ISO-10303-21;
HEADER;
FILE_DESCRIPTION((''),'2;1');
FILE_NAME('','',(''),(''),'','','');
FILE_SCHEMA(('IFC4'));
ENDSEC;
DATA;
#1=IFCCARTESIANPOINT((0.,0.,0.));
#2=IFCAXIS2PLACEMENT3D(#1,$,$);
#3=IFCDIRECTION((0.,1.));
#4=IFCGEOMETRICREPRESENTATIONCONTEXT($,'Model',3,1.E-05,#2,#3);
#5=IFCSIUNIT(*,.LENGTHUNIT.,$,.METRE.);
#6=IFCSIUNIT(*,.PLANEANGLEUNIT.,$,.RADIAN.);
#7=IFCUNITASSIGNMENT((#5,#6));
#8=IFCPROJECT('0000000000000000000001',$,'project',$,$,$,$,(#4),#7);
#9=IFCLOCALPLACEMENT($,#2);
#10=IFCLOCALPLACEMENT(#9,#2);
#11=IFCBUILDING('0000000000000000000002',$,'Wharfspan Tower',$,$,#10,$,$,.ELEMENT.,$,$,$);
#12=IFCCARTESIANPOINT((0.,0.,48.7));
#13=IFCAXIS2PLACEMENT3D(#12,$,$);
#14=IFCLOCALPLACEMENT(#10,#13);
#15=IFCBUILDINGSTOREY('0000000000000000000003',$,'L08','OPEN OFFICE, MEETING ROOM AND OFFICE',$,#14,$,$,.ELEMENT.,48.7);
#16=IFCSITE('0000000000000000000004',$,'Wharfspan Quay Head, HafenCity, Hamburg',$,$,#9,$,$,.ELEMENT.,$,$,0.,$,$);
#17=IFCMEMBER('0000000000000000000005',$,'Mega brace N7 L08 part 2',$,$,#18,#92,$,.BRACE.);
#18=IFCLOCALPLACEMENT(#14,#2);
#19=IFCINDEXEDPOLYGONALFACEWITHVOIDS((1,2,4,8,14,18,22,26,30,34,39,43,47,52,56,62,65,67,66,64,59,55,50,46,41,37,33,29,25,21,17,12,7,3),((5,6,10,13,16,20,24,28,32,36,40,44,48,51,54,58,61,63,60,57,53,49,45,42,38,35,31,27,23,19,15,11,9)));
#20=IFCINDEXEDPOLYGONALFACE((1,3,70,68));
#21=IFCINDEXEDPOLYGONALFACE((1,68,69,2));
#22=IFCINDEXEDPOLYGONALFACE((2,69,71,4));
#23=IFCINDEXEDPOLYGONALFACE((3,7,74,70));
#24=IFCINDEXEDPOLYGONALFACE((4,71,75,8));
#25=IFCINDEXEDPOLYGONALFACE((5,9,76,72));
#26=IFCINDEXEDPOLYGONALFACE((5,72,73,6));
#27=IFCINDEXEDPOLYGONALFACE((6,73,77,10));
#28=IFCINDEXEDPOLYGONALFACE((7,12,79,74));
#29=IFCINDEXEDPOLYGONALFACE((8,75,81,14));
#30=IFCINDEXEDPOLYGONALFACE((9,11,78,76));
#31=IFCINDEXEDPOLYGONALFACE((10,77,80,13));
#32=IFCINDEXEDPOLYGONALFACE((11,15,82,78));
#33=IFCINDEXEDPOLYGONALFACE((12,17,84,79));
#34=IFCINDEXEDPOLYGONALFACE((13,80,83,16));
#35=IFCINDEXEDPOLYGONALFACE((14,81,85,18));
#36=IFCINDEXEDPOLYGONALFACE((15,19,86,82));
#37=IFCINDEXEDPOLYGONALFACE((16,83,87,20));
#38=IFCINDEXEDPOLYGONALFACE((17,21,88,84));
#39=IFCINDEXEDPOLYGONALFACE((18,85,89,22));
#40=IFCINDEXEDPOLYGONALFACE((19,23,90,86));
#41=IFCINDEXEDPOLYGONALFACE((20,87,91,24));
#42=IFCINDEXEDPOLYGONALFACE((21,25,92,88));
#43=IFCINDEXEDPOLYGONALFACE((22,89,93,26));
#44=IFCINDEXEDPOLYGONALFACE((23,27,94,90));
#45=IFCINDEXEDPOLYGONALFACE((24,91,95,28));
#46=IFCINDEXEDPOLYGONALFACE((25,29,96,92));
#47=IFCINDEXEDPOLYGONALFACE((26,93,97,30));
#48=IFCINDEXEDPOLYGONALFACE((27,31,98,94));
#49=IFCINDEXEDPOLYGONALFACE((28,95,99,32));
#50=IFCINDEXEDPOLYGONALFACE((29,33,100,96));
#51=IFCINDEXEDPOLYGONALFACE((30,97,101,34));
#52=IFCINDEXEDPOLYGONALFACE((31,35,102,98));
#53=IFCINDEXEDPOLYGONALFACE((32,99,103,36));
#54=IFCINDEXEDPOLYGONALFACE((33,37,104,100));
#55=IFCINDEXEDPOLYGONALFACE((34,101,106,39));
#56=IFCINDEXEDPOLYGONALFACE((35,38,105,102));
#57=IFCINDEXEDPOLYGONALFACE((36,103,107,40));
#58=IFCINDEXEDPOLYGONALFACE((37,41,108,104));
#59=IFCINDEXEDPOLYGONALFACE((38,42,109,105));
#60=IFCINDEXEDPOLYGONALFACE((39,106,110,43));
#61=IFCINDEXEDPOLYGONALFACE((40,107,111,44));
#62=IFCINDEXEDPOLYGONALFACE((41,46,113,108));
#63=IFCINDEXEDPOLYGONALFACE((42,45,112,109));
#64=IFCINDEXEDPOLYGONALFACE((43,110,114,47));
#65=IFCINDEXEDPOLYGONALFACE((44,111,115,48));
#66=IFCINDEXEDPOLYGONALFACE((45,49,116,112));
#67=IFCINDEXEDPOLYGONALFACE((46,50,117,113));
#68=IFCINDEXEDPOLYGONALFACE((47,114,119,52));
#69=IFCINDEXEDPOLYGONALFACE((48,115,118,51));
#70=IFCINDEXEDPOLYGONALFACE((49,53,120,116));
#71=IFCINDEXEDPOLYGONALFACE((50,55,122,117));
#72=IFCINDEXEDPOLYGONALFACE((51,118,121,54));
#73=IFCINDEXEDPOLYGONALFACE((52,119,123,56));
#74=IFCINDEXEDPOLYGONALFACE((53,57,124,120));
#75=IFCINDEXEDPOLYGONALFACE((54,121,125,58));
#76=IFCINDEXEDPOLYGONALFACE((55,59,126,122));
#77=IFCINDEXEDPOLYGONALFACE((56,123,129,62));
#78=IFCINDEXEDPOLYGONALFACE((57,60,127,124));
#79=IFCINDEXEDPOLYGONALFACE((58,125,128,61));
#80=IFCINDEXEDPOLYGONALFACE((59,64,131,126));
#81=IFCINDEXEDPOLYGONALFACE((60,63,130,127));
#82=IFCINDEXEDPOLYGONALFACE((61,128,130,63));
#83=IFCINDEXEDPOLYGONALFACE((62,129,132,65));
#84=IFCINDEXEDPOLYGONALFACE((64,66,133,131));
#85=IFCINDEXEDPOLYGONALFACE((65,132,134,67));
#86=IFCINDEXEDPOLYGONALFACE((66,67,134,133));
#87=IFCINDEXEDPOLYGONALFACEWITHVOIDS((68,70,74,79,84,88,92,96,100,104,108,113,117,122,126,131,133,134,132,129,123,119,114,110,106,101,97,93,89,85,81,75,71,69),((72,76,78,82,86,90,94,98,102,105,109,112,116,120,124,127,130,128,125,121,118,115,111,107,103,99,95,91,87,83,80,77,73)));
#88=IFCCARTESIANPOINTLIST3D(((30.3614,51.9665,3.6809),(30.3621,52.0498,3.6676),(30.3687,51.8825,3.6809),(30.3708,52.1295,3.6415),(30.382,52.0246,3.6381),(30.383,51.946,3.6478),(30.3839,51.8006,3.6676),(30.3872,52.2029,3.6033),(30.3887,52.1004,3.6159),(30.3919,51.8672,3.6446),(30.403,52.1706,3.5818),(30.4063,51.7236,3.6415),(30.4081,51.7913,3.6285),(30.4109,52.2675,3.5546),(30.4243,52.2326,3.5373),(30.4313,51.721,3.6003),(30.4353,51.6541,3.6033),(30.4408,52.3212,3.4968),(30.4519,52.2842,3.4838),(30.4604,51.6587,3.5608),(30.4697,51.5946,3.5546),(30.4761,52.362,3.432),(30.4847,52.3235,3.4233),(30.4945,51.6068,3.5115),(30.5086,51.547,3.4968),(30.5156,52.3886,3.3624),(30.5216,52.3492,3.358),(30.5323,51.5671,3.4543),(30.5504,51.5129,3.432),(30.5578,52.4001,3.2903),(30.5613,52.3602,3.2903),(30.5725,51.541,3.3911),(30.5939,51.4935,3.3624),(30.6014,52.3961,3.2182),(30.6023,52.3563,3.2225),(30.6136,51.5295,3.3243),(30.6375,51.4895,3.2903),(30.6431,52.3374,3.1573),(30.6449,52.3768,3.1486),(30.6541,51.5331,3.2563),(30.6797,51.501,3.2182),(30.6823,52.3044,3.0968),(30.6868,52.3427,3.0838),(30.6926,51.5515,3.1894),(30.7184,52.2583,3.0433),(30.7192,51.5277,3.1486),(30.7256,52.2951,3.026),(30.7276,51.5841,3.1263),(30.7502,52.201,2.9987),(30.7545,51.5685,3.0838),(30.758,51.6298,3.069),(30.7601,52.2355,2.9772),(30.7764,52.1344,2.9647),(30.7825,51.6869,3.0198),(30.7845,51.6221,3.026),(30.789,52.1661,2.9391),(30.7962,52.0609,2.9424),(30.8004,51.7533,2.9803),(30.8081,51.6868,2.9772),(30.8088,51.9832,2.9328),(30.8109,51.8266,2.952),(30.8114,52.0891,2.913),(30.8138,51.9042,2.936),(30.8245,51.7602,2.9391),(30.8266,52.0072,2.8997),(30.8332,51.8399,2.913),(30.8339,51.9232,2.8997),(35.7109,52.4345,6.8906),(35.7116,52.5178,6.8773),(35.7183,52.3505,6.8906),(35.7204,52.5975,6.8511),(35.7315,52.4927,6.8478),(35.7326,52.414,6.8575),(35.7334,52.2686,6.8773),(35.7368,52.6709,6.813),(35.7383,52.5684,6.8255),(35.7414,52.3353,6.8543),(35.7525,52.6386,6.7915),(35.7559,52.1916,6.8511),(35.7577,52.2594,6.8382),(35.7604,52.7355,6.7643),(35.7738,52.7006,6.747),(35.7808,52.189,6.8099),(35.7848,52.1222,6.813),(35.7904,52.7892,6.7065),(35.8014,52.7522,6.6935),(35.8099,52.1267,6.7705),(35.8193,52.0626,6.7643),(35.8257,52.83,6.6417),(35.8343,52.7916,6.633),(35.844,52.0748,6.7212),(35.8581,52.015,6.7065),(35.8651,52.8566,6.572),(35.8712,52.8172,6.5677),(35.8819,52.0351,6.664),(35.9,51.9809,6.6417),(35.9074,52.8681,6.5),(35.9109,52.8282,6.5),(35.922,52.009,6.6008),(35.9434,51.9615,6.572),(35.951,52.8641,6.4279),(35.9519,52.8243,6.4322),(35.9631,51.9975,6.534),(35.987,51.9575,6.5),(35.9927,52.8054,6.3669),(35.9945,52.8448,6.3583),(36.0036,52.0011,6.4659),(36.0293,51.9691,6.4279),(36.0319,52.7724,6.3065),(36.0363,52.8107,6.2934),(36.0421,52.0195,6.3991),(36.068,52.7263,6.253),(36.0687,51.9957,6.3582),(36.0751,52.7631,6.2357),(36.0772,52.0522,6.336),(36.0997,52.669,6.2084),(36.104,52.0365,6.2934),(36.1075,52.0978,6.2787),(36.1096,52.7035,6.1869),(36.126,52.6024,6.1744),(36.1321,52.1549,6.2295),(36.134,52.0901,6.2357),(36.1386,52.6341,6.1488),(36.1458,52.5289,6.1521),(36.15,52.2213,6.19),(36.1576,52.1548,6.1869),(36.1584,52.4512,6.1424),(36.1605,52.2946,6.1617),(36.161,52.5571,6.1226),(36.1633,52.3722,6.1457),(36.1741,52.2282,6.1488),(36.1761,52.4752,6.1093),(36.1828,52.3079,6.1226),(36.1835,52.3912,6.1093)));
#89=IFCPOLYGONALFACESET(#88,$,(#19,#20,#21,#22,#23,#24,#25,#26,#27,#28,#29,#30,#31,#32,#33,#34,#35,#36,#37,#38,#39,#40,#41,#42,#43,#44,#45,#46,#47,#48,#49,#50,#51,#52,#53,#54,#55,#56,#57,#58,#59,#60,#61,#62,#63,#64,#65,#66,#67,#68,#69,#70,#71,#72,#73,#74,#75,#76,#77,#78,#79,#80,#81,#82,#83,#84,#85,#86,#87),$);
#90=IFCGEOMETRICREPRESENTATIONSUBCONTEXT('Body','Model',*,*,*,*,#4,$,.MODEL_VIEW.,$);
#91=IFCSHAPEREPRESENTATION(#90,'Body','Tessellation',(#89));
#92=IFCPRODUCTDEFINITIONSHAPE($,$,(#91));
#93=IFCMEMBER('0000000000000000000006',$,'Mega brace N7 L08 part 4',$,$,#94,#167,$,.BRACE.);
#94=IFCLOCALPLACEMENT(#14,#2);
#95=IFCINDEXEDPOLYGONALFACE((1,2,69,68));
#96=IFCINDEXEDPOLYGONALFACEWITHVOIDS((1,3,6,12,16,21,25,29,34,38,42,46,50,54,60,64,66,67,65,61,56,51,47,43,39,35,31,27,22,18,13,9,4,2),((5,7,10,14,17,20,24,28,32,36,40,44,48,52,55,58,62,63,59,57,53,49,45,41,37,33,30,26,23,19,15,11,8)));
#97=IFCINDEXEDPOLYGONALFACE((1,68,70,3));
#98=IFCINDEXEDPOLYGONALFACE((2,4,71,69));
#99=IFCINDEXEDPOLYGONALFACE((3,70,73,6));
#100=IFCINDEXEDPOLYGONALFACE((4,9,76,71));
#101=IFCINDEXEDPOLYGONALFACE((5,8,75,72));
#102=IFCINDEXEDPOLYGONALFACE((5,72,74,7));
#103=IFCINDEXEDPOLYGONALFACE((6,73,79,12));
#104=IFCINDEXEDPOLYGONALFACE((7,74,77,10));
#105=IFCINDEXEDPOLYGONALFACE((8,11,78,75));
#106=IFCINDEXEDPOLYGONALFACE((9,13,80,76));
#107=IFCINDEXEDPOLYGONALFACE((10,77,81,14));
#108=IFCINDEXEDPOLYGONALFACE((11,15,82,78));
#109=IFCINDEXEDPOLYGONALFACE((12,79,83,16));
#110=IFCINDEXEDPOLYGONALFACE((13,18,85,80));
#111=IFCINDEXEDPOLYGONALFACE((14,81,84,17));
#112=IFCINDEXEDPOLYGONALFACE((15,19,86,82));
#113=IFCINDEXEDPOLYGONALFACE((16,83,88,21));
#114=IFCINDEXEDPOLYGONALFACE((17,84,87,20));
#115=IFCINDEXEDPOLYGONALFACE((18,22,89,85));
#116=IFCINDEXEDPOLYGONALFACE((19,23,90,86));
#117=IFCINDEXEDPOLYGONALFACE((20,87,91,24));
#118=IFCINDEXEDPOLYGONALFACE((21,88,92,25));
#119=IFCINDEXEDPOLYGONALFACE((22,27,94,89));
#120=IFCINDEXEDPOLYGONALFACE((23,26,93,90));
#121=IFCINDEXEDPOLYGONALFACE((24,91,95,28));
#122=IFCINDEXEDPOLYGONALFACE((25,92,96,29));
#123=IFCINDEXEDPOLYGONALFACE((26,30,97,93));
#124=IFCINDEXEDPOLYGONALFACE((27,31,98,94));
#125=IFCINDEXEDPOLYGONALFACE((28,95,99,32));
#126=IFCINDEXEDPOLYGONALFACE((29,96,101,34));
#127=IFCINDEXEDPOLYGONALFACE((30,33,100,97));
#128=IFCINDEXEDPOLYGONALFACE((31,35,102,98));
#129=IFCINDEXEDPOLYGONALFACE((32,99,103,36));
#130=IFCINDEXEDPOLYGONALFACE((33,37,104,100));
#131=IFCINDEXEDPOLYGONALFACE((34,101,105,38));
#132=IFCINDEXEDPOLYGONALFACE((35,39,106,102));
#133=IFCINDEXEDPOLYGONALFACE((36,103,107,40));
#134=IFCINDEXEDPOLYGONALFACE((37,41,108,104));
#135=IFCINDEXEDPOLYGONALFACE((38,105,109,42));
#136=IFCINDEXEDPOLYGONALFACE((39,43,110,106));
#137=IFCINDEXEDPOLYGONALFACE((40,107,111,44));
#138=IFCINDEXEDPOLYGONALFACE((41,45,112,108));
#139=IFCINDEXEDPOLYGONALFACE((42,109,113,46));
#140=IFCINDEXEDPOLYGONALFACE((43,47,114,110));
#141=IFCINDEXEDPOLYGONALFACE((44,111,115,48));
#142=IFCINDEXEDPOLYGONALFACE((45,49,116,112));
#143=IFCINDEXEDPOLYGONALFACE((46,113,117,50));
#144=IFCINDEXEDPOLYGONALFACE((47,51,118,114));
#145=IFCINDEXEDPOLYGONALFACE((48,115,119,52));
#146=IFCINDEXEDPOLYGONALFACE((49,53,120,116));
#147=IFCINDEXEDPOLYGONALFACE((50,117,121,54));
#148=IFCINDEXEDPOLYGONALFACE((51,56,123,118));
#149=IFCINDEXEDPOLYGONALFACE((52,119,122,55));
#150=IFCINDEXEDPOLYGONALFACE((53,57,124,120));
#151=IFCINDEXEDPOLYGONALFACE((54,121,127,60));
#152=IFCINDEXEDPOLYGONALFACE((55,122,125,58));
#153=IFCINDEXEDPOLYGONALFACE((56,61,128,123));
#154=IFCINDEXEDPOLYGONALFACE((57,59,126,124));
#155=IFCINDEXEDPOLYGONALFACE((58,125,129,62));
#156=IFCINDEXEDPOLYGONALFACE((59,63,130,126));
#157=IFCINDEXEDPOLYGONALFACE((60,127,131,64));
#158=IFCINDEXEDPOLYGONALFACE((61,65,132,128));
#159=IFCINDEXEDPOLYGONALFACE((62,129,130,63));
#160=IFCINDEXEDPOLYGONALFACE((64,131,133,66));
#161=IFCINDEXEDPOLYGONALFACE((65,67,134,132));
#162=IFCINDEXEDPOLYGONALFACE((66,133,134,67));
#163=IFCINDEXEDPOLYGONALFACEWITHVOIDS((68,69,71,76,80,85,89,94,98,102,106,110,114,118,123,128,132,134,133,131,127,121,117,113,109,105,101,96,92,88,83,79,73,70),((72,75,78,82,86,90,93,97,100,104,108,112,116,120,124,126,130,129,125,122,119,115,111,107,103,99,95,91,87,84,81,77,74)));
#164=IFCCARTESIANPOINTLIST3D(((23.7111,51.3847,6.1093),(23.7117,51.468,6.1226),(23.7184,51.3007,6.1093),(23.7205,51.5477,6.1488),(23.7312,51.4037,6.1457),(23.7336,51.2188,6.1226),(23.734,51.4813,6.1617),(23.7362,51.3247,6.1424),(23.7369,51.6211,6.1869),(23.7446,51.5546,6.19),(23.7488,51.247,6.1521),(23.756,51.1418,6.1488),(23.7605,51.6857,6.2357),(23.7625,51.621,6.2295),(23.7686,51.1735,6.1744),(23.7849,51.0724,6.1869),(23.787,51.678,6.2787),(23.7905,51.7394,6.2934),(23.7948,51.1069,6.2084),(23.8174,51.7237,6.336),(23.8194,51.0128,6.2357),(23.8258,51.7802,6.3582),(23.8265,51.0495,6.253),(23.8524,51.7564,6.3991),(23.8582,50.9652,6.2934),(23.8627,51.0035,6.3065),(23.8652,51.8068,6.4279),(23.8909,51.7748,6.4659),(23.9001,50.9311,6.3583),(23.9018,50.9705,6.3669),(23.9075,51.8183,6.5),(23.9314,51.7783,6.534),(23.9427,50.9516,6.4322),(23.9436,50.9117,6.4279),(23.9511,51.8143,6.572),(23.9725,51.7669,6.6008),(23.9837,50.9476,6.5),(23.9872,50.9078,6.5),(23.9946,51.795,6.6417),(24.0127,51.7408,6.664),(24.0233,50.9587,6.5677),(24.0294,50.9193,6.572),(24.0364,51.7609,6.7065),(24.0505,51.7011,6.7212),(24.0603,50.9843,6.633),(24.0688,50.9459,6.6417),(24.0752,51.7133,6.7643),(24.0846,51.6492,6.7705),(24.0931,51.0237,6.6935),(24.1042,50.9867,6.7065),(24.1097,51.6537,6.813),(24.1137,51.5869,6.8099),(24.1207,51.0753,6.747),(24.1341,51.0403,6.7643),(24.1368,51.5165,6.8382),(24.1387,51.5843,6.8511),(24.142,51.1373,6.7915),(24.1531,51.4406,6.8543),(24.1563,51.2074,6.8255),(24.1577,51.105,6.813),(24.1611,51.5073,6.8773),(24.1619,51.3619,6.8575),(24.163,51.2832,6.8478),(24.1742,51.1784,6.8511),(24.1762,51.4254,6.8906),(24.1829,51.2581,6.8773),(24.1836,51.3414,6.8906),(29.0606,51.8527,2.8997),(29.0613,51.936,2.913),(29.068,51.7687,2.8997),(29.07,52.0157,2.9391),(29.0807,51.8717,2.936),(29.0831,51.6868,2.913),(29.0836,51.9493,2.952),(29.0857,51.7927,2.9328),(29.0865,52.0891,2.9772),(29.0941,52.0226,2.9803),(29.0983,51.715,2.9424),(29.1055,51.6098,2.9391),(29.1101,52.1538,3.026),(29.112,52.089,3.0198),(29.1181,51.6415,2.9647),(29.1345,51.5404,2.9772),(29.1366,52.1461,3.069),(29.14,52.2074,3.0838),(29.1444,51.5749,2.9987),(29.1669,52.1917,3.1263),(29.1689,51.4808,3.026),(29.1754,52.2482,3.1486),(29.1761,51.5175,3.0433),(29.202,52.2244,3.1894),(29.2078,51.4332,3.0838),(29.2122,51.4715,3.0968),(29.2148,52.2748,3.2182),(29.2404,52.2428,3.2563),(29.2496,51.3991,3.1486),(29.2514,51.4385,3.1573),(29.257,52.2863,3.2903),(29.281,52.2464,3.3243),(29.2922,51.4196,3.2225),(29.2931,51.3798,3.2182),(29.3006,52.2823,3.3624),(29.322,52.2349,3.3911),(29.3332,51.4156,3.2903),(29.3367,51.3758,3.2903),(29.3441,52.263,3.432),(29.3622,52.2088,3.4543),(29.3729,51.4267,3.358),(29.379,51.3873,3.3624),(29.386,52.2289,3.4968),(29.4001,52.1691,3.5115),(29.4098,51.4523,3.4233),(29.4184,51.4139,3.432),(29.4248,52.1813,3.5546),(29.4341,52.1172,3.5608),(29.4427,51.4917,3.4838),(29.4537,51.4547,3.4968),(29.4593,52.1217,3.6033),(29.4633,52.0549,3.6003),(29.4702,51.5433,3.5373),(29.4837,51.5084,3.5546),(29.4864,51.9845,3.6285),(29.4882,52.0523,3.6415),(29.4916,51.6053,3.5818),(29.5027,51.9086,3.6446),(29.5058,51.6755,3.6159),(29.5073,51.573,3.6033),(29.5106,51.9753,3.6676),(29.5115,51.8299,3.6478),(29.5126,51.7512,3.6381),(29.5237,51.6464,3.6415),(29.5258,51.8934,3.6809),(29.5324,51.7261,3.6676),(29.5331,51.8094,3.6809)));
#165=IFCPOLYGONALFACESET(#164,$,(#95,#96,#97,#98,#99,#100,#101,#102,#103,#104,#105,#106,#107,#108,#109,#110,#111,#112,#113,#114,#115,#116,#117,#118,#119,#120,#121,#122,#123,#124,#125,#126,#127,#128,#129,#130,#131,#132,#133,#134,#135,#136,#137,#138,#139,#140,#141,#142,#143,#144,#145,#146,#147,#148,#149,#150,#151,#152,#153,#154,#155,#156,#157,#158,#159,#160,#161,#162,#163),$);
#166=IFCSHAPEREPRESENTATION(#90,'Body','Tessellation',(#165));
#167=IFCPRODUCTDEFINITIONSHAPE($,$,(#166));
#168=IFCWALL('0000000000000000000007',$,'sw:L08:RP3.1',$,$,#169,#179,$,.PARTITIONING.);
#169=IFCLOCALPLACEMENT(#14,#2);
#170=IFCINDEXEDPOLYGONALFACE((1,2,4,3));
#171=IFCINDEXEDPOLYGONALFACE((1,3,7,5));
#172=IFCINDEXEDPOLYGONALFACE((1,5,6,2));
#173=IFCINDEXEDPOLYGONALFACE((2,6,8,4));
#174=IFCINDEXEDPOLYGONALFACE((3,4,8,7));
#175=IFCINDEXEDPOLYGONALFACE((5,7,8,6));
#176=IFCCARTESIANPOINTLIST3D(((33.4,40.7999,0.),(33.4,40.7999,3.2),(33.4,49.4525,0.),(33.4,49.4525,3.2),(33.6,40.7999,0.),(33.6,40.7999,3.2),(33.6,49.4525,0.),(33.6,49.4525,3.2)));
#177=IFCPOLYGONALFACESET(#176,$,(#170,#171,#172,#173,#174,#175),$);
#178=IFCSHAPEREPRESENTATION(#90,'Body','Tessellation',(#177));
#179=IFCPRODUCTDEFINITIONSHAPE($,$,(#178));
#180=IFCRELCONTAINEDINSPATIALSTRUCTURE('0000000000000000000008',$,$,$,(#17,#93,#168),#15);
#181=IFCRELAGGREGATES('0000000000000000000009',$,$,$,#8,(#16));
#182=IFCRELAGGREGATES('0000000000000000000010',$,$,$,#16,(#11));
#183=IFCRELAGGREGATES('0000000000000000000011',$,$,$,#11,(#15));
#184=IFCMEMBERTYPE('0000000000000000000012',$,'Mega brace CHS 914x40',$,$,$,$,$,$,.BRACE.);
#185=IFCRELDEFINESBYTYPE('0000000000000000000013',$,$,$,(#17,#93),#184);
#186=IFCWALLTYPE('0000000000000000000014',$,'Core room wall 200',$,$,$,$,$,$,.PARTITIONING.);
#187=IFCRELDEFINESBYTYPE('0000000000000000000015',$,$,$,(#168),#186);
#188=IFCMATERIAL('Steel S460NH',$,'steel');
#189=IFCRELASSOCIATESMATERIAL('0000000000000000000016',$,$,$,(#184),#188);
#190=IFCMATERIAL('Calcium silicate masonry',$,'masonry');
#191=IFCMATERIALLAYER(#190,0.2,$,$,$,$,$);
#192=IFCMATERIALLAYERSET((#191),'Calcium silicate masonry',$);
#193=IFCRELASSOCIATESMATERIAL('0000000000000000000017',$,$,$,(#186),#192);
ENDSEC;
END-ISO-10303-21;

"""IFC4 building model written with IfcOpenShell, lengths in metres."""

from ifc_helpers import new_model, si_unit, direction, frame, frame_2d, origin, origin_2d, place, context, subcontext, project, spatial, rectangle, hollow_circle, extrude, material, layer, layer_set, material_profile, profile_set, type_object, element, save


model = new_model("IFC4")

# Units and contexts
model_context = context("Model", 3, precision=1e-05, world=origin(), true_north=direction((0.0, 1.0)))
body_context = subcontext(model_context, "Body", "Model", "MODEL_VIEW")
ifc_project = project(units=[si_unit("LENGTHUNIT", "METRE"), si_unit("PLANEANGLEUNIT", "RADIAN")], contexts=[model_context])

# Site, building, storey
site_placement = place(None, origin())
site = spatial("IfcSite", under=ifc_project, at=site_placement, Name="Wharfspan Quay Head, HafenCity, Hamburg", CompositionType="ELEMENT", RefElevation=0.0)
building_placement = place(site_placement, origin())
building = spatial("IfcBuilding", under=site, at=building_placement, Name="Wharfspan Tower", CompositionType="ELEMENT")
storey_placement = place(building_placement, frame((0.0, 0.0, 48.7)))
storey = spatial("IfcBuildingStorey", under=building, at=storey_placement, Name="L08", Description="OPEN OFFICE, MEETING ROOM AND OFFICE", CompositionType="ELEMENT", Elevation=48.7)

# Shared definitions
ifc_material_1 = material(Name="Steel S460NH", Category="steel")

# Members
ifc_material_profile_1 = material_profile(ifc_material_1, hollow_circle(Radius=0.457, WallThickness=0.04, at=origin_2d()))
ifc_profile_set_1 = profile_set([ifc_material_profile_1], Name="Steel S460NH")
member_type_1 = type_object("IfcMemberType", Name="Mega brace CHS 914x40", PredefinedType="BRACE", material=ifc_profile_set_1)
for number, where, z_axis, x_axis, name in (
    (1, (30.5977, 51.9448, 3.2903), (0.855094, 0.074809, 0.513048), (-0.087154, 0.996195, 0.000001), "Mega brace N7 L08 part 2"),
    (2, (29.2969, 51.8311, 3.2903), (-0.855094, -0.074809, 0.513048), (0.087154, -0.996195, 0.000001), "Mega brace N7 L08 part 4"),
):
    element("IfcMember", number, at=place(storey_placement, frame(where, z_axis=z_axis, x_axis=x_axis)), inside=storey, type_object=member_type_1, Name=name, PredefinedType="BRACE", context=body_context, shape_type="SweptSolid", body=[
        extrude(hollow_circle(Radius=0.457, WallThickness=0.04, at=origin_2d()), origin(), (0.0, 0.0, 1.0), 6.2561),
    ])

# Wall
ifc_material_2 = material(Name="Calcium silicate masonry", Category="masonry")
ifc_layer_1 = layer(ifc_material_2, 0.2)
ifc_layer_set_1 = layer_set([ifc_layer_1], Name="Calcium silicate masonry")
wall_type_1 = type_object("IfcWallType", Name="Core room wall 200", PredefinedType="PARTITIONING", material=ifc_layer_set_1)
wall_1_placement = place(storey_placement, frame((33.5, 40.8, 0.0), z_axis=(0.0, 0.0, 1.0), x_axis=(0.0, 1.0, 0.0)))
element("IfcWall", 3, at=wall_1_placement, inside=storey, type_object=wall_type_1, Name="sw:L08:RP3.1", PredefinedType="PARTITIONING", context=body_context, shape_type="SweptSolid", body=[
    extrude(rectangle(XDim=8.6526, YDim=0.2, at=frame_2d((4.3262, 0.0))), origin(), (0.0, 0.0, 1.0), 3.2),
])

save(model, "model.ifc")
